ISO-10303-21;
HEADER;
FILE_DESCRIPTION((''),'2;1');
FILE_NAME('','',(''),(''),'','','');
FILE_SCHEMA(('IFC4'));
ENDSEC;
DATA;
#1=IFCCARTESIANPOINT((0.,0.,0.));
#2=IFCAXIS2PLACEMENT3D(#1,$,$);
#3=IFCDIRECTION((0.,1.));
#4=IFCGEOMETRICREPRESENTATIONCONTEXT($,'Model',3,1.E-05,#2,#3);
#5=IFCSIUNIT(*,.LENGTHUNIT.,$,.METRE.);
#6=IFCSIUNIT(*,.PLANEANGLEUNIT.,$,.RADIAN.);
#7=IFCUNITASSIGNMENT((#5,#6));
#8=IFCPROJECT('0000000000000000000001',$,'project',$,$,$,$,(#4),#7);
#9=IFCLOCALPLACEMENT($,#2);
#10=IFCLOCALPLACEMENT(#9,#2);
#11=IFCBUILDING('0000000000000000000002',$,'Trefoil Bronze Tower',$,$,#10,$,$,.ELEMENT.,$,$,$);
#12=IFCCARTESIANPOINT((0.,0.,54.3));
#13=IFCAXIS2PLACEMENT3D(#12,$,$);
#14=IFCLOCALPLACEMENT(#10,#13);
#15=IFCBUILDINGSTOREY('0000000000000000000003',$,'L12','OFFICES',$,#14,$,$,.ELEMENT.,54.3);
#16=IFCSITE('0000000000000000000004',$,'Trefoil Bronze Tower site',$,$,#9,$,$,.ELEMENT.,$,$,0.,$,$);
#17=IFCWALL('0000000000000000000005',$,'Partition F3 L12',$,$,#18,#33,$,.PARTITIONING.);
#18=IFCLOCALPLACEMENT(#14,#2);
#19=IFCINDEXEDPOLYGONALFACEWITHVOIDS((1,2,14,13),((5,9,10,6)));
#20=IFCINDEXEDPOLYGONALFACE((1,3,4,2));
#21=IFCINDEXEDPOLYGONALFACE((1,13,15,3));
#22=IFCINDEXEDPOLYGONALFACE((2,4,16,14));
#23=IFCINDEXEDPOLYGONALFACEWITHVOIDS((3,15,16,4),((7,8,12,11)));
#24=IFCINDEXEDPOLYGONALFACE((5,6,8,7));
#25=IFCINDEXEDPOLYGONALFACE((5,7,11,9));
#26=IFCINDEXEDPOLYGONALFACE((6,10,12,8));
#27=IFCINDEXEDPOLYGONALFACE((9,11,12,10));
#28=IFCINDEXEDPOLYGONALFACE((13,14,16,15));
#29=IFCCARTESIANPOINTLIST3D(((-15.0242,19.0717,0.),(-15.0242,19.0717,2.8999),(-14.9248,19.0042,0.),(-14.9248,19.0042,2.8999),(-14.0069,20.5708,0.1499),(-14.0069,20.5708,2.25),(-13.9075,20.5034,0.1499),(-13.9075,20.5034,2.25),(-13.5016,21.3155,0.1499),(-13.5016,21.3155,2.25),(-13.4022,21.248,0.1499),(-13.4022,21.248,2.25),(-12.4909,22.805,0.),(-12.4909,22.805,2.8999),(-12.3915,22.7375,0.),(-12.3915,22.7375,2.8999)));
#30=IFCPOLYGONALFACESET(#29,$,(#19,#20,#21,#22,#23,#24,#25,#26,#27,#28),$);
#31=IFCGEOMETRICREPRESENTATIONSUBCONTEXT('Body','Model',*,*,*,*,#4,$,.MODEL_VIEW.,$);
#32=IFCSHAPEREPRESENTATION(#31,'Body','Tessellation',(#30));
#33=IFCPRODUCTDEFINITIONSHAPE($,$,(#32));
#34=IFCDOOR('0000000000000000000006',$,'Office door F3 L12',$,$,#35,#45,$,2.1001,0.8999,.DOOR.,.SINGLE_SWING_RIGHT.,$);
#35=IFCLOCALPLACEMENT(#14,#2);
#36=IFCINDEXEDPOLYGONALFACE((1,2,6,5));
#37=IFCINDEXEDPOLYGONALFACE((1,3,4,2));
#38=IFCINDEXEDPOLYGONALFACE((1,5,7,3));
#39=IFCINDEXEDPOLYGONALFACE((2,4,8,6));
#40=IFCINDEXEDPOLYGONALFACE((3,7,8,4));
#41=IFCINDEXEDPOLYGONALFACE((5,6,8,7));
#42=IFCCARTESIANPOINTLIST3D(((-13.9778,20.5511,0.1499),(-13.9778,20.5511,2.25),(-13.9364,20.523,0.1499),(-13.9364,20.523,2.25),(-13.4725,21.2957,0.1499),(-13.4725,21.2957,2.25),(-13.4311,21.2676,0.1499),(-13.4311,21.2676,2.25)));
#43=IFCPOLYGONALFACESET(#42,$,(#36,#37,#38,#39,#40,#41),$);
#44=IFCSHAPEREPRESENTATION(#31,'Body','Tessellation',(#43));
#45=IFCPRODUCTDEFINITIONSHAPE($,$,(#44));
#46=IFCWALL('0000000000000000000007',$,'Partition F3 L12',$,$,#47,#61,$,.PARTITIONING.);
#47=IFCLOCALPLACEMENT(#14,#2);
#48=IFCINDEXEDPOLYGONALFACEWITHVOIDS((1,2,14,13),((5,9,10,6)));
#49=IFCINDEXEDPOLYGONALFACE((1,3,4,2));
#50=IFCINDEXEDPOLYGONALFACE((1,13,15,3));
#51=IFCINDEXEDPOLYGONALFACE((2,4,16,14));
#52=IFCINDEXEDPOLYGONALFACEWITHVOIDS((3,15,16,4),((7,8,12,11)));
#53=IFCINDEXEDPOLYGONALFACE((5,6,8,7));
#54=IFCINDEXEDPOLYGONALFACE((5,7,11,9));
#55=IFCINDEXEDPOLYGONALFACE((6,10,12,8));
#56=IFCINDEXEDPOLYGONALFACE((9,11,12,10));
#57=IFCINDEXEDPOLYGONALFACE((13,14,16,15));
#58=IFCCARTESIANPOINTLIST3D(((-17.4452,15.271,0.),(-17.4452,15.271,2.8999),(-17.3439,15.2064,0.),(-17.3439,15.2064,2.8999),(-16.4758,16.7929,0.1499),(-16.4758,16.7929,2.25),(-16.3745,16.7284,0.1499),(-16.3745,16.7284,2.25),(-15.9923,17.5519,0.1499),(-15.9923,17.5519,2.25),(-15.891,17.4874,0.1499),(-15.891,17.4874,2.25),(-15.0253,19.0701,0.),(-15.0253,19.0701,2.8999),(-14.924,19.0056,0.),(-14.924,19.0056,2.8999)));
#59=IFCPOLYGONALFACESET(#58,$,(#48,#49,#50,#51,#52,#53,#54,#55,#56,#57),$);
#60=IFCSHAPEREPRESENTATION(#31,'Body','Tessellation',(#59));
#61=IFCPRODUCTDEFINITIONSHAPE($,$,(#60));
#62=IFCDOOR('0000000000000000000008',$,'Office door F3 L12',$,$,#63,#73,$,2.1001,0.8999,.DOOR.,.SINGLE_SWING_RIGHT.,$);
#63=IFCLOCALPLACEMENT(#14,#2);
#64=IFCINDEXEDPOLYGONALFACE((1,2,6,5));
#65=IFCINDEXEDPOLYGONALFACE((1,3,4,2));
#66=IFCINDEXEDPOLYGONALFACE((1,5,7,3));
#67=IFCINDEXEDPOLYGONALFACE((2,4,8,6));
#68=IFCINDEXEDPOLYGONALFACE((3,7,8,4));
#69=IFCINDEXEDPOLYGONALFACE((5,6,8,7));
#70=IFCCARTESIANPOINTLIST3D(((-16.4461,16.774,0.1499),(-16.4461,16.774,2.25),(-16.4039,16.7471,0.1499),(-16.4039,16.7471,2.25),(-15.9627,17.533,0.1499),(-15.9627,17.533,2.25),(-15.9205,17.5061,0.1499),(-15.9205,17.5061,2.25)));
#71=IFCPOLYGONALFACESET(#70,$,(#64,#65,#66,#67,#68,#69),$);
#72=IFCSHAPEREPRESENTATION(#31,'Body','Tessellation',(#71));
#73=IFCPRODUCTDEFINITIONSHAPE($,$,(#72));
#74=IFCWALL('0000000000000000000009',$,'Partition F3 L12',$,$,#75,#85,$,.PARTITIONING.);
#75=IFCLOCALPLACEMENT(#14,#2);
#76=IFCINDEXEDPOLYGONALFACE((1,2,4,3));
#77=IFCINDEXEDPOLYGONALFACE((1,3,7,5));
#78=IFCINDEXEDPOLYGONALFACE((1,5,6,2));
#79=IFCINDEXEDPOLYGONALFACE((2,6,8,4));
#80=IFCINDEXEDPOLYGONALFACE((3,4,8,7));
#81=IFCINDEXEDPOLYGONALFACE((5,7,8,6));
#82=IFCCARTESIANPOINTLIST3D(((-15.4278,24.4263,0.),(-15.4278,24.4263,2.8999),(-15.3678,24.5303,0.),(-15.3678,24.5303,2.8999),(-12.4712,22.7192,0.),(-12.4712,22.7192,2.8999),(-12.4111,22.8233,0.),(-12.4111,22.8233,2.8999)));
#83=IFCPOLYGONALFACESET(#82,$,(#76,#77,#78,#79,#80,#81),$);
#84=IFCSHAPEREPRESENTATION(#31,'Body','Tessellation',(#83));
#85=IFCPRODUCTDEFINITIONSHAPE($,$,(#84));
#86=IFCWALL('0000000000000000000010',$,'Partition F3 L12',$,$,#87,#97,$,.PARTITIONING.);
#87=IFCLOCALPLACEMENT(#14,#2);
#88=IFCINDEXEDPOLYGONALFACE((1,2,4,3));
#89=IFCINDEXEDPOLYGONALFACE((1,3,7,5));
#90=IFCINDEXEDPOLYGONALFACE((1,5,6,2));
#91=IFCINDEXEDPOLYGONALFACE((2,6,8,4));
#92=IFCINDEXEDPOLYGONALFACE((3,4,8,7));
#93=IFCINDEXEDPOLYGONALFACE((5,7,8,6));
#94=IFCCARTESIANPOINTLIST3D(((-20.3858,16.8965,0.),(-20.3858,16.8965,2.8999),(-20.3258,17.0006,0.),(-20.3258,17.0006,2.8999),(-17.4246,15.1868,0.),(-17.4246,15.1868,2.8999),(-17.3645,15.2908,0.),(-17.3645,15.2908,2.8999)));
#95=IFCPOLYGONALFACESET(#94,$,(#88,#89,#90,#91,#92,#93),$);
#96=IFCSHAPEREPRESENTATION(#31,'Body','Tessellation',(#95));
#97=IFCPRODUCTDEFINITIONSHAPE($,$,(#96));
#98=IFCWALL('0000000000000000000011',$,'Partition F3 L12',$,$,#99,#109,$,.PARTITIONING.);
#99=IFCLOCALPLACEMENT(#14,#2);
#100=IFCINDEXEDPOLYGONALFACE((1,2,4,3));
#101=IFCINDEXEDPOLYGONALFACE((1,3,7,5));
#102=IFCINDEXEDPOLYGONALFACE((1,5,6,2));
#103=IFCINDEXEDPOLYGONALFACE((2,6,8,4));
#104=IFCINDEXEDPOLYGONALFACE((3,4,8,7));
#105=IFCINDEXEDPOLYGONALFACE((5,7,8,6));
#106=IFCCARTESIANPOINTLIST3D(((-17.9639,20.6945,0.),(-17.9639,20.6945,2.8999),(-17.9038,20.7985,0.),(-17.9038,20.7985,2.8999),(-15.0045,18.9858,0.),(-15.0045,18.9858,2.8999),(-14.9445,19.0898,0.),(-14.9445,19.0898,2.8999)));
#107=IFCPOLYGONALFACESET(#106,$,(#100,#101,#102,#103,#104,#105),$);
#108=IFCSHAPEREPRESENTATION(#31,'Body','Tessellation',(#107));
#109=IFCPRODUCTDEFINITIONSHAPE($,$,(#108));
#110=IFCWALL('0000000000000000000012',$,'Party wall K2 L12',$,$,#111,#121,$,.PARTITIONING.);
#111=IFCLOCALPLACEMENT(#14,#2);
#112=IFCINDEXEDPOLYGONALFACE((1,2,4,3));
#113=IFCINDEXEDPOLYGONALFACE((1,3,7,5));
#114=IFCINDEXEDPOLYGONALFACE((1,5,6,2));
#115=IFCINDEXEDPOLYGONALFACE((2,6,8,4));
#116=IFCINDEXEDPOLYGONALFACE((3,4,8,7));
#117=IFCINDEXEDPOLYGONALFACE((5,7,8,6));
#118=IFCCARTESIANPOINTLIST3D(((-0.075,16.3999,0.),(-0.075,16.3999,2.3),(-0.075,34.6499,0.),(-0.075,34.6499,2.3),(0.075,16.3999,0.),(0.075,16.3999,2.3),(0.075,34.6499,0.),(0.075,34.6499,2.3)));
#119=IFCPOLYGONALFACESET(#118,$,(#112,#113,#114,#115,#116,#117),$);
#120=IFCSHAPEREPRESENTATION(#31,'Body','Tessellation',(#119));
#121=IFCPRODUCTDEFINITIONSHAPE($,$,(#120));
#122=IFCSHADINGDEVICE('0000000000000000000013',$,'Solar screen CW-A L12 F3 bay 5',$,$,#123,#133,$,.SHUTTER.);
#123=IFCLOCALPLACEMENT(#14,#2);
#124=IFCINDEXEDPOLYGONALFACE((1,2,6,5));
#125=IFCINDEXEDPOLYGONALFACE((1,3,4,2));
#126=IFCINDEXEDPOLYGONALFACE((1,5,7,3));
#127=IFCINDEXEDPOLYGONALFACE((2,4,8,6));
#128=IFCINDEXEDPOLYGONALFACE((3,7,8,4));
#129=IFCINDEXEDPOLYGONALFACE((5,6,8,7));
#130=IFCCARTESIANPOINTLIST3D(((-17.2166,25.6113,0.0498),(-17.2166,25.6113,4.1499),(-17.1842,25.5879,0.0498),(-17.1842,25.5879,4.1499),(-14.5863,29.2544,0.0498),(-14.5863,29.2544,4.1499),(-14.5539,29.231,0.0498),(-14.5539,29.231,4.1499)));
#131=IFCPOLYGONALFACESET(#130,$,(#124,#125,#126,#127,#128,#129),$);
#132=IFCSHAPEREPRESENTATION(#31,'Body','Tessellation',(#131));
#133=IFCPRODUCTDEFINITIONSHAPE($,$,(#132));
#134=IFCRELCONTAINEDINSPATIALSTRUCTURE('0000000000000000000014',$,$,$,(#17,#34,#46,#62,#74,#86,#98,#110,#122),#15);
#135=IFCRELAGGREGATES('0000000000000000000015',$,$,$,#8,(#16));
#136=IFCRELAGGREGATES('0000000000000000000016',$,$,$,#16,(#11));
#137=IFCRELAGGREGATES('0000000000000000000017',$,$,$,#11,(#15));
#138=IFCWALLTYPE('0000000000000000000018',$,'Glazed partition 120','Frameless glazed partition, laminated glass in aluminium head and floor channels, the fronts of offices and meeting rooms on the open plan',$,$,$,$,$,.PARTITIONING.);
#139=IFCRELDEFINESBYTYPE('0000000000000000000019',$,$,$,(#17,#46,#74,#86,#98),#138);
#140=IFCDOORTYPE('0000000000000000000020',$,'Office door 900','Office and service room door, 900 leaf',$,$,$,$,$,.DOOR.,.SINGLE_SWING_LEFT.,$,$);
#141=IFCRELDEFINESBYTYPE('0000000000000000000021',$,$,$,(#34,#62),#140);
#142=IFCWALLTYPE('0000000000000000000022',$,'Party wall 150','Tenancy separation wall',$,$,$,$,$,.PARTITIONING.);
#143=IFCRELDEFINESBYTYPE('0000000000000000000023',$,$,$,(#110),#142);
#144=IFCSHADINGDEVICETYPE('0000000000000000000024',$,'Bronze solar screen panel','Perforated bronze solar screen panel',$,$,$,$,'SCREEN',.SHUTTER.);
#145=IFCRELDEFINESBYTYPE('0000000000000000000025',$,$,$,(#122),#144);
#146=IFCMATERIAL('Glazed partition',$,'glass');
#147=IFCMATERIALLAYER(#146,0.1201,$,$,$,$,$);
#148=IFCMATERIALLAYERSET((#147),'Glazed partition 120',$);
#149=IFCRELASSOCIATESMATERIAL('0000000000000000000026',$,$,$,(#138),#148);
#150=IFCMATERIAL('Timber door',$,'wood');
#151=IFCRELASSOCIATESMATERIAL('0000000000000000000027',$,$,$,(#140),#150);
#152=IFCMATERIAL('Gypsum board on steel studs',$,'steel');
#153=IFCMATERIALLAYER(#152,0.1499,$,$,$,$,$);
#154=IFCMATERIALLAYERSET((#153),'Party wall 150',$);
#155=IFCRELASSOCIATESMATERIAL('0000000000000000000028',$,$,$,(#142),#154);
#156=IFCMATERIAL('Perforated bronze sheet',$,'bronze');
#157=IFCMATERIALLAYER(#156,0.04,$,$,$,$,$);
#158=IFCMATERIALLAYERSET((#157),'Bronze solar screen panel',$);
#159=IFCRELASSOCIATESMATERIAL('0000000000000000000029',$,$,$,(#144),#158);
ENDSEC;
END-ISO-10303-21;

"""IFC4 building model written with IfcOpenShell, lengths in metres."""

from ifc_helpers import new_model, si_unit, direction, frame, frame_2d, origin, origin_2d, place, context, subcontext, project, spatial, rectangle, extrude, material, layer, layer_set, type_object, element, fill, save


model = new_model("IFC4")

# Units and contexts
model_context = context("Model", 3, precision=1e-05, world=origin(), true_north=direction((0.0, 1.0)))
body_context = subcontext(model_context, "Body", "Model", "MODEL_VIEW")
ifc_project = project(units=[si_unit("LENGTHUNIT", "METRE"), si_unit("PLANEANGLEUNIT", "RADIAN")], contexts=[model_context])

# Site, building, storey
site_placement = place(None, origin())
site = spatial("IfcSite", under=ifc_project, at=site_placement, Name="Trefoil Bronze Tower site", CompositionType="ELEMENT", RefElevation=0.0)
building_placement = place(site_placement, origin())
building = spatial("IfcBuilding", under=site, at=building_placement, Name="Trefoil Bronze Tower", CompositionType="ELEMENT")
storey_placement = place(building_placement, frame((0.0, 0.0, 54.3)))
storey = spatial("IfcBuildingStorey", under=building, at=storey_placement, Name="L12", Description="OFFICES", CompositionType="ELEMENT", Elevation=54.3)

# Walls, openings, doors
ifc_material_1 = material(Name="Glazed partition", Category="glass")
ifc_layer_1 = layer(ifc_material_1, 0.1201)
ifc_layer_set_1 = layer_set([ifc_layer_1], Name="Glazed partition 120")
wall_type_1 = type_object("IfcWallType", Name="Glazed partition 120", Description="Frameless glazed partition, laminated glass in aluminium head and floor channels, the fronts of offices and meeting rooms on the open plan", PredefinedType="PARTITIONING", material=ifc_layer_set_1)
wall_1_placement = place(storey_placement, frame((-12.4412, 22.7712, 0.0), z_axis=(0.0, 0.0, 1.0), x_axis=(-0.561512, -0.827469, 0.0)))
wall_1 = element("IfcWall", 1, at=wall_1_placement, inside=storey, type_object=wall_type_1, Name="Partition F3 L12", PredefinedType="PARTITIONING", context=body_context, shape_type="SweptSolid", body=[
    extrude(rectangle(XDim=4.5117, YDim=0.1201, at=frame_2d((2.2559, 0.0))), origin(), (0.0, 0.0, 1.0), 2.8999),
])
opening_1_placement = place(wall_1_placement, frame((1.8, 0.0, 0.1499)))
opening_1 = element("IfcOpeningElement", 2, at=opening_1_placement, cuts=wall_1, PredefinedType="OPENING", context=body_context, shape_type="SweptSolid", body=[
    extrude(rectangle(XDim=0.8999, YDim=2.1001, at=frame_2d((0.45, 1.05))), frame((0.0, 0.0701, 0.0), z_axis=(0.0, -1.0, 0.0), x_axis=(1.0, 0.0, 0.0)), (0.0, 0.0, 1.0), 0.1401),
])
ifc_material_2 = material(Name="Timber door", Category="wood")
door_type_1 = type_object("IfcDoorType", Name="Office door 900", Description="Office and service room door, 900 leaf", OperationType="SINGLE_SWING_LEFT", PredefinedType="DOOR", material=ifc_material_2)
door_1_placement = place(opening_1_placement, frame((0.8999, 0.0, 0.0), z_axis=(0.0, 0.0, 1.0), x_axis=(-1.0, 0.0, 0.0)))
door_1 = element("IfcDoor", 3, at=door_1_placement, inside=storey, type_object=door_type_1, Name="Office door F3 L12", OperationType="SINGLE_SWING_RIGHT", OverallHeight=2.1001, OverallWidth=0.8999, PredefinedType="DOOR", context=body_context, shape_type="SweptSolid", body=[
    extrude(rectangle(XDim=0.8999, YDim=2.1001, at=frame_2d((0.45, 1.05))), frame((0.0, 0.0249, 0.0), z_axis=(0.0, -1.0, 0.0), x_axis=(1.0, 0.0, 0.0)), (0.0, 0.0, 1.0), 0.05),
])
fill(opening_1, door_1)
wall_2_placement = place(storey_placement, frame((-14.9746, 19.0378, 0.0), z_axis=(0.0, 0.0, 1.0), x_axis=(-0.537244, -0.843427, 0.0)))
wall_2 = element("IfcWall", 4, at=wall_2_placement, inside=storey, type_object=wall_type_1, Name="Partition F3 L12", PredefinedType="PARTITIONING", context=body_context, shape_type="SweptSolid", body=[
    extrude(rectangle(XDim=4.5044, YDim=0.1201, at=frame_2d((2.2522, 0.0))), origin(), (0.0, 0.0, 1.0), 2.8999),
])
opening_2_placement = place(wall_2_placement, frame((1.8, 0.0, 0.1499)))
opening_2 = element("IfcOpeningElement", 5, at=opening_2_placement, cuts=wall_2, PredefinedType="OPENING", context=body_context, shape_type="SweptSolid", body=[
    extrude(rectangle(XDim=0.8999, YDim=2.1001, at=frame_2d((0.45, 1.05))), frame((0.0, 0.0701, 0.0), z_axis=(0.0, -1.0, 0.0), x_axis=(1.0, 0.0, 0.0)), (0.0, 0.0, 1.0), 0.1401),
])
door_2_placement = place(opening_2_placement, frame((0.8999, 0.0, 0.0), z_axis=(0.0, 0.0, 1.0), x_axis=(-1.0, 0.0, 0.0)))
door_2 = element("IfcDoor", 6, at=door_2_placement, inside=storey, type_object=door_type_1, Name="Office door F3 L12", OperationType="SINGLE_SWING_RIGHT", OverallHeight=2.1001, OverallWidth=0.8999, PredefinedType="DOOR", context=body_context, shape_type="SweptSolid", body=[
    extrude(rectangle(XDim=0.8999, YDim=2.1001, at=frame_2d((0.45, 1.05))), frame((0.0, 0.0249, 0.0), z_axis=(0.0, -1.0, 0.0), x_axis=(1.0, 0.0, 0.0)), (0.0, 0.0, 1.0), 0.05),
])
fill(opening_2, door_2)

# Walls
wall_3_placement = place(storey_placement, frame((-12.4412, 22.7712, 0.0), z_axis=(0.0, 0.0, 1.0), x_axis=(-0.866016, 0.500015, 0.0)))
element("IfcWall", 7, at=wall_3_placement, inside=storey, type_object=wall_type_1, Name="Partition F3 L12", PredefinedType="PARTITIONING", context=body_context, shape_type="SweptSolid", body=[
    extrude(rectangle(XDim=3.4141, YDim=0.1201, at=frame_2d((1.707, 0.0))), origin(), (0.0, 0.0, 1.0), 2.8999),
])
wall_4_placement = place(storey_placement, frame((-17.3945, 15.2388, 0.0), z_axis=(0.0, 0.0, 1.0), x_axis=(-0.866016, 0.500017, 0.0)))
element("IfcWall", 8, at=wall_4_placement, inside=storey, type_object=wall_type_1, Name="Partition F3 L12", PredefinedType="PARTITIONING", context=body_context, shape_type="SweptSolid", body=[
    extrude(rectangle(XDim=3.4194, YDim=0.1201, at=frame_2d((1.7097, 0.0))), origin(), (0.0, 0.0, 1.0), 2.8999),
])
wall_5_placement = place(storey_placement, frame((-14.9746, 19.0378, 0.0), z_axis=(0.0, 0.0, 1.0), x_axis=(-0.866014, 0.500019, 0.0)))
element("IfcWall", 9, at=wall_5_placement, inside=storey, type_object=wall_type_1, Name="Partition F3 L12", PredefinedType="PARTITIONING", context=body_context, shape_type="SweptSolid", body=[
    extrude(rectangle(XDim=3.4172, YDim=0.1201, at=frame_2d((1.7085, 0.0))), origin(), (0.0, 0.0, 1.0), 2.8999),
])
ifc_material_3 = material(Name="Gypsum board on steel studs", Category="steel")
ifc_layer_2 = layer(ifc_material_3, 0.1499)
ifc_layer_set_2 = layer_set([ifc_layer_2], Name="Party wall 150")
wall_type_2 = type_object("IfcWallType", Name="Party wall 150", Description="Tenancy separation wall", PredefinedType="PARTITIONING", material=ifc_layer_set_2)
wall_6_placement = place(storey_placement, frame((0.0, 16.3999, 0.0), z_axis=(0.0, 0.0, 1.0), x_axis=(0.0, 1.0, 0.0)))
element("IfcWall", 10, at=wall_6_placement, inside=storey, type_object=wall_type_2, Name="Party wall K2 L12", PredefinedType="PARTITIONING", context=body_context, shape_type="SweptSolid", body=[
    extrude(rectangle(XDim=18.25, YDim=0.1499, at=frame_2d((9.125, 0.0))), origin(), (0.0, 0.0, 1.0), 2.3),
])

# Shading device
ifc_material_4 = material(Name="Perforated bronze sheet", Category="bronze")
ifc_layer_3 = layer(ifc_material_4, 0.04)
ifc_layer_set_3 = layer_set([ifc_layer_3], Name="Bronze solar screen panel")
shading_device_type = type_object("IfcShadingDeviceType", Name="Bronze solar screen panel", Description="Perforated bronze solar screen panel", ElementType="SCREEN", PredefinedType="SHUTTER", material=ifc_layer_set_3)
shading_device_placement = place(storey_placement, frame((-15.8853, 27.4211, 0.0498), z_axis=(0.0, 0.0, 1.0), x_axis=(-0.585373, -0.810764, 0.0)))
element("IfcShadingDevice", 11, at=shading_device_placement, inside=storey, type_object=shading_device_type, Name="Solar screen CW-A L12 F3 bay 5", PredefinedType="SHUTTER", context=body_context, shape_type="SweptSolid", body=[
    extrude(rectangle(XDim=4.4934, YDim=0.04, at=origin_2d()), origin(), (0.0, 0.0, 1.0), 4.1001),
])

save(model, "model.ifc")
